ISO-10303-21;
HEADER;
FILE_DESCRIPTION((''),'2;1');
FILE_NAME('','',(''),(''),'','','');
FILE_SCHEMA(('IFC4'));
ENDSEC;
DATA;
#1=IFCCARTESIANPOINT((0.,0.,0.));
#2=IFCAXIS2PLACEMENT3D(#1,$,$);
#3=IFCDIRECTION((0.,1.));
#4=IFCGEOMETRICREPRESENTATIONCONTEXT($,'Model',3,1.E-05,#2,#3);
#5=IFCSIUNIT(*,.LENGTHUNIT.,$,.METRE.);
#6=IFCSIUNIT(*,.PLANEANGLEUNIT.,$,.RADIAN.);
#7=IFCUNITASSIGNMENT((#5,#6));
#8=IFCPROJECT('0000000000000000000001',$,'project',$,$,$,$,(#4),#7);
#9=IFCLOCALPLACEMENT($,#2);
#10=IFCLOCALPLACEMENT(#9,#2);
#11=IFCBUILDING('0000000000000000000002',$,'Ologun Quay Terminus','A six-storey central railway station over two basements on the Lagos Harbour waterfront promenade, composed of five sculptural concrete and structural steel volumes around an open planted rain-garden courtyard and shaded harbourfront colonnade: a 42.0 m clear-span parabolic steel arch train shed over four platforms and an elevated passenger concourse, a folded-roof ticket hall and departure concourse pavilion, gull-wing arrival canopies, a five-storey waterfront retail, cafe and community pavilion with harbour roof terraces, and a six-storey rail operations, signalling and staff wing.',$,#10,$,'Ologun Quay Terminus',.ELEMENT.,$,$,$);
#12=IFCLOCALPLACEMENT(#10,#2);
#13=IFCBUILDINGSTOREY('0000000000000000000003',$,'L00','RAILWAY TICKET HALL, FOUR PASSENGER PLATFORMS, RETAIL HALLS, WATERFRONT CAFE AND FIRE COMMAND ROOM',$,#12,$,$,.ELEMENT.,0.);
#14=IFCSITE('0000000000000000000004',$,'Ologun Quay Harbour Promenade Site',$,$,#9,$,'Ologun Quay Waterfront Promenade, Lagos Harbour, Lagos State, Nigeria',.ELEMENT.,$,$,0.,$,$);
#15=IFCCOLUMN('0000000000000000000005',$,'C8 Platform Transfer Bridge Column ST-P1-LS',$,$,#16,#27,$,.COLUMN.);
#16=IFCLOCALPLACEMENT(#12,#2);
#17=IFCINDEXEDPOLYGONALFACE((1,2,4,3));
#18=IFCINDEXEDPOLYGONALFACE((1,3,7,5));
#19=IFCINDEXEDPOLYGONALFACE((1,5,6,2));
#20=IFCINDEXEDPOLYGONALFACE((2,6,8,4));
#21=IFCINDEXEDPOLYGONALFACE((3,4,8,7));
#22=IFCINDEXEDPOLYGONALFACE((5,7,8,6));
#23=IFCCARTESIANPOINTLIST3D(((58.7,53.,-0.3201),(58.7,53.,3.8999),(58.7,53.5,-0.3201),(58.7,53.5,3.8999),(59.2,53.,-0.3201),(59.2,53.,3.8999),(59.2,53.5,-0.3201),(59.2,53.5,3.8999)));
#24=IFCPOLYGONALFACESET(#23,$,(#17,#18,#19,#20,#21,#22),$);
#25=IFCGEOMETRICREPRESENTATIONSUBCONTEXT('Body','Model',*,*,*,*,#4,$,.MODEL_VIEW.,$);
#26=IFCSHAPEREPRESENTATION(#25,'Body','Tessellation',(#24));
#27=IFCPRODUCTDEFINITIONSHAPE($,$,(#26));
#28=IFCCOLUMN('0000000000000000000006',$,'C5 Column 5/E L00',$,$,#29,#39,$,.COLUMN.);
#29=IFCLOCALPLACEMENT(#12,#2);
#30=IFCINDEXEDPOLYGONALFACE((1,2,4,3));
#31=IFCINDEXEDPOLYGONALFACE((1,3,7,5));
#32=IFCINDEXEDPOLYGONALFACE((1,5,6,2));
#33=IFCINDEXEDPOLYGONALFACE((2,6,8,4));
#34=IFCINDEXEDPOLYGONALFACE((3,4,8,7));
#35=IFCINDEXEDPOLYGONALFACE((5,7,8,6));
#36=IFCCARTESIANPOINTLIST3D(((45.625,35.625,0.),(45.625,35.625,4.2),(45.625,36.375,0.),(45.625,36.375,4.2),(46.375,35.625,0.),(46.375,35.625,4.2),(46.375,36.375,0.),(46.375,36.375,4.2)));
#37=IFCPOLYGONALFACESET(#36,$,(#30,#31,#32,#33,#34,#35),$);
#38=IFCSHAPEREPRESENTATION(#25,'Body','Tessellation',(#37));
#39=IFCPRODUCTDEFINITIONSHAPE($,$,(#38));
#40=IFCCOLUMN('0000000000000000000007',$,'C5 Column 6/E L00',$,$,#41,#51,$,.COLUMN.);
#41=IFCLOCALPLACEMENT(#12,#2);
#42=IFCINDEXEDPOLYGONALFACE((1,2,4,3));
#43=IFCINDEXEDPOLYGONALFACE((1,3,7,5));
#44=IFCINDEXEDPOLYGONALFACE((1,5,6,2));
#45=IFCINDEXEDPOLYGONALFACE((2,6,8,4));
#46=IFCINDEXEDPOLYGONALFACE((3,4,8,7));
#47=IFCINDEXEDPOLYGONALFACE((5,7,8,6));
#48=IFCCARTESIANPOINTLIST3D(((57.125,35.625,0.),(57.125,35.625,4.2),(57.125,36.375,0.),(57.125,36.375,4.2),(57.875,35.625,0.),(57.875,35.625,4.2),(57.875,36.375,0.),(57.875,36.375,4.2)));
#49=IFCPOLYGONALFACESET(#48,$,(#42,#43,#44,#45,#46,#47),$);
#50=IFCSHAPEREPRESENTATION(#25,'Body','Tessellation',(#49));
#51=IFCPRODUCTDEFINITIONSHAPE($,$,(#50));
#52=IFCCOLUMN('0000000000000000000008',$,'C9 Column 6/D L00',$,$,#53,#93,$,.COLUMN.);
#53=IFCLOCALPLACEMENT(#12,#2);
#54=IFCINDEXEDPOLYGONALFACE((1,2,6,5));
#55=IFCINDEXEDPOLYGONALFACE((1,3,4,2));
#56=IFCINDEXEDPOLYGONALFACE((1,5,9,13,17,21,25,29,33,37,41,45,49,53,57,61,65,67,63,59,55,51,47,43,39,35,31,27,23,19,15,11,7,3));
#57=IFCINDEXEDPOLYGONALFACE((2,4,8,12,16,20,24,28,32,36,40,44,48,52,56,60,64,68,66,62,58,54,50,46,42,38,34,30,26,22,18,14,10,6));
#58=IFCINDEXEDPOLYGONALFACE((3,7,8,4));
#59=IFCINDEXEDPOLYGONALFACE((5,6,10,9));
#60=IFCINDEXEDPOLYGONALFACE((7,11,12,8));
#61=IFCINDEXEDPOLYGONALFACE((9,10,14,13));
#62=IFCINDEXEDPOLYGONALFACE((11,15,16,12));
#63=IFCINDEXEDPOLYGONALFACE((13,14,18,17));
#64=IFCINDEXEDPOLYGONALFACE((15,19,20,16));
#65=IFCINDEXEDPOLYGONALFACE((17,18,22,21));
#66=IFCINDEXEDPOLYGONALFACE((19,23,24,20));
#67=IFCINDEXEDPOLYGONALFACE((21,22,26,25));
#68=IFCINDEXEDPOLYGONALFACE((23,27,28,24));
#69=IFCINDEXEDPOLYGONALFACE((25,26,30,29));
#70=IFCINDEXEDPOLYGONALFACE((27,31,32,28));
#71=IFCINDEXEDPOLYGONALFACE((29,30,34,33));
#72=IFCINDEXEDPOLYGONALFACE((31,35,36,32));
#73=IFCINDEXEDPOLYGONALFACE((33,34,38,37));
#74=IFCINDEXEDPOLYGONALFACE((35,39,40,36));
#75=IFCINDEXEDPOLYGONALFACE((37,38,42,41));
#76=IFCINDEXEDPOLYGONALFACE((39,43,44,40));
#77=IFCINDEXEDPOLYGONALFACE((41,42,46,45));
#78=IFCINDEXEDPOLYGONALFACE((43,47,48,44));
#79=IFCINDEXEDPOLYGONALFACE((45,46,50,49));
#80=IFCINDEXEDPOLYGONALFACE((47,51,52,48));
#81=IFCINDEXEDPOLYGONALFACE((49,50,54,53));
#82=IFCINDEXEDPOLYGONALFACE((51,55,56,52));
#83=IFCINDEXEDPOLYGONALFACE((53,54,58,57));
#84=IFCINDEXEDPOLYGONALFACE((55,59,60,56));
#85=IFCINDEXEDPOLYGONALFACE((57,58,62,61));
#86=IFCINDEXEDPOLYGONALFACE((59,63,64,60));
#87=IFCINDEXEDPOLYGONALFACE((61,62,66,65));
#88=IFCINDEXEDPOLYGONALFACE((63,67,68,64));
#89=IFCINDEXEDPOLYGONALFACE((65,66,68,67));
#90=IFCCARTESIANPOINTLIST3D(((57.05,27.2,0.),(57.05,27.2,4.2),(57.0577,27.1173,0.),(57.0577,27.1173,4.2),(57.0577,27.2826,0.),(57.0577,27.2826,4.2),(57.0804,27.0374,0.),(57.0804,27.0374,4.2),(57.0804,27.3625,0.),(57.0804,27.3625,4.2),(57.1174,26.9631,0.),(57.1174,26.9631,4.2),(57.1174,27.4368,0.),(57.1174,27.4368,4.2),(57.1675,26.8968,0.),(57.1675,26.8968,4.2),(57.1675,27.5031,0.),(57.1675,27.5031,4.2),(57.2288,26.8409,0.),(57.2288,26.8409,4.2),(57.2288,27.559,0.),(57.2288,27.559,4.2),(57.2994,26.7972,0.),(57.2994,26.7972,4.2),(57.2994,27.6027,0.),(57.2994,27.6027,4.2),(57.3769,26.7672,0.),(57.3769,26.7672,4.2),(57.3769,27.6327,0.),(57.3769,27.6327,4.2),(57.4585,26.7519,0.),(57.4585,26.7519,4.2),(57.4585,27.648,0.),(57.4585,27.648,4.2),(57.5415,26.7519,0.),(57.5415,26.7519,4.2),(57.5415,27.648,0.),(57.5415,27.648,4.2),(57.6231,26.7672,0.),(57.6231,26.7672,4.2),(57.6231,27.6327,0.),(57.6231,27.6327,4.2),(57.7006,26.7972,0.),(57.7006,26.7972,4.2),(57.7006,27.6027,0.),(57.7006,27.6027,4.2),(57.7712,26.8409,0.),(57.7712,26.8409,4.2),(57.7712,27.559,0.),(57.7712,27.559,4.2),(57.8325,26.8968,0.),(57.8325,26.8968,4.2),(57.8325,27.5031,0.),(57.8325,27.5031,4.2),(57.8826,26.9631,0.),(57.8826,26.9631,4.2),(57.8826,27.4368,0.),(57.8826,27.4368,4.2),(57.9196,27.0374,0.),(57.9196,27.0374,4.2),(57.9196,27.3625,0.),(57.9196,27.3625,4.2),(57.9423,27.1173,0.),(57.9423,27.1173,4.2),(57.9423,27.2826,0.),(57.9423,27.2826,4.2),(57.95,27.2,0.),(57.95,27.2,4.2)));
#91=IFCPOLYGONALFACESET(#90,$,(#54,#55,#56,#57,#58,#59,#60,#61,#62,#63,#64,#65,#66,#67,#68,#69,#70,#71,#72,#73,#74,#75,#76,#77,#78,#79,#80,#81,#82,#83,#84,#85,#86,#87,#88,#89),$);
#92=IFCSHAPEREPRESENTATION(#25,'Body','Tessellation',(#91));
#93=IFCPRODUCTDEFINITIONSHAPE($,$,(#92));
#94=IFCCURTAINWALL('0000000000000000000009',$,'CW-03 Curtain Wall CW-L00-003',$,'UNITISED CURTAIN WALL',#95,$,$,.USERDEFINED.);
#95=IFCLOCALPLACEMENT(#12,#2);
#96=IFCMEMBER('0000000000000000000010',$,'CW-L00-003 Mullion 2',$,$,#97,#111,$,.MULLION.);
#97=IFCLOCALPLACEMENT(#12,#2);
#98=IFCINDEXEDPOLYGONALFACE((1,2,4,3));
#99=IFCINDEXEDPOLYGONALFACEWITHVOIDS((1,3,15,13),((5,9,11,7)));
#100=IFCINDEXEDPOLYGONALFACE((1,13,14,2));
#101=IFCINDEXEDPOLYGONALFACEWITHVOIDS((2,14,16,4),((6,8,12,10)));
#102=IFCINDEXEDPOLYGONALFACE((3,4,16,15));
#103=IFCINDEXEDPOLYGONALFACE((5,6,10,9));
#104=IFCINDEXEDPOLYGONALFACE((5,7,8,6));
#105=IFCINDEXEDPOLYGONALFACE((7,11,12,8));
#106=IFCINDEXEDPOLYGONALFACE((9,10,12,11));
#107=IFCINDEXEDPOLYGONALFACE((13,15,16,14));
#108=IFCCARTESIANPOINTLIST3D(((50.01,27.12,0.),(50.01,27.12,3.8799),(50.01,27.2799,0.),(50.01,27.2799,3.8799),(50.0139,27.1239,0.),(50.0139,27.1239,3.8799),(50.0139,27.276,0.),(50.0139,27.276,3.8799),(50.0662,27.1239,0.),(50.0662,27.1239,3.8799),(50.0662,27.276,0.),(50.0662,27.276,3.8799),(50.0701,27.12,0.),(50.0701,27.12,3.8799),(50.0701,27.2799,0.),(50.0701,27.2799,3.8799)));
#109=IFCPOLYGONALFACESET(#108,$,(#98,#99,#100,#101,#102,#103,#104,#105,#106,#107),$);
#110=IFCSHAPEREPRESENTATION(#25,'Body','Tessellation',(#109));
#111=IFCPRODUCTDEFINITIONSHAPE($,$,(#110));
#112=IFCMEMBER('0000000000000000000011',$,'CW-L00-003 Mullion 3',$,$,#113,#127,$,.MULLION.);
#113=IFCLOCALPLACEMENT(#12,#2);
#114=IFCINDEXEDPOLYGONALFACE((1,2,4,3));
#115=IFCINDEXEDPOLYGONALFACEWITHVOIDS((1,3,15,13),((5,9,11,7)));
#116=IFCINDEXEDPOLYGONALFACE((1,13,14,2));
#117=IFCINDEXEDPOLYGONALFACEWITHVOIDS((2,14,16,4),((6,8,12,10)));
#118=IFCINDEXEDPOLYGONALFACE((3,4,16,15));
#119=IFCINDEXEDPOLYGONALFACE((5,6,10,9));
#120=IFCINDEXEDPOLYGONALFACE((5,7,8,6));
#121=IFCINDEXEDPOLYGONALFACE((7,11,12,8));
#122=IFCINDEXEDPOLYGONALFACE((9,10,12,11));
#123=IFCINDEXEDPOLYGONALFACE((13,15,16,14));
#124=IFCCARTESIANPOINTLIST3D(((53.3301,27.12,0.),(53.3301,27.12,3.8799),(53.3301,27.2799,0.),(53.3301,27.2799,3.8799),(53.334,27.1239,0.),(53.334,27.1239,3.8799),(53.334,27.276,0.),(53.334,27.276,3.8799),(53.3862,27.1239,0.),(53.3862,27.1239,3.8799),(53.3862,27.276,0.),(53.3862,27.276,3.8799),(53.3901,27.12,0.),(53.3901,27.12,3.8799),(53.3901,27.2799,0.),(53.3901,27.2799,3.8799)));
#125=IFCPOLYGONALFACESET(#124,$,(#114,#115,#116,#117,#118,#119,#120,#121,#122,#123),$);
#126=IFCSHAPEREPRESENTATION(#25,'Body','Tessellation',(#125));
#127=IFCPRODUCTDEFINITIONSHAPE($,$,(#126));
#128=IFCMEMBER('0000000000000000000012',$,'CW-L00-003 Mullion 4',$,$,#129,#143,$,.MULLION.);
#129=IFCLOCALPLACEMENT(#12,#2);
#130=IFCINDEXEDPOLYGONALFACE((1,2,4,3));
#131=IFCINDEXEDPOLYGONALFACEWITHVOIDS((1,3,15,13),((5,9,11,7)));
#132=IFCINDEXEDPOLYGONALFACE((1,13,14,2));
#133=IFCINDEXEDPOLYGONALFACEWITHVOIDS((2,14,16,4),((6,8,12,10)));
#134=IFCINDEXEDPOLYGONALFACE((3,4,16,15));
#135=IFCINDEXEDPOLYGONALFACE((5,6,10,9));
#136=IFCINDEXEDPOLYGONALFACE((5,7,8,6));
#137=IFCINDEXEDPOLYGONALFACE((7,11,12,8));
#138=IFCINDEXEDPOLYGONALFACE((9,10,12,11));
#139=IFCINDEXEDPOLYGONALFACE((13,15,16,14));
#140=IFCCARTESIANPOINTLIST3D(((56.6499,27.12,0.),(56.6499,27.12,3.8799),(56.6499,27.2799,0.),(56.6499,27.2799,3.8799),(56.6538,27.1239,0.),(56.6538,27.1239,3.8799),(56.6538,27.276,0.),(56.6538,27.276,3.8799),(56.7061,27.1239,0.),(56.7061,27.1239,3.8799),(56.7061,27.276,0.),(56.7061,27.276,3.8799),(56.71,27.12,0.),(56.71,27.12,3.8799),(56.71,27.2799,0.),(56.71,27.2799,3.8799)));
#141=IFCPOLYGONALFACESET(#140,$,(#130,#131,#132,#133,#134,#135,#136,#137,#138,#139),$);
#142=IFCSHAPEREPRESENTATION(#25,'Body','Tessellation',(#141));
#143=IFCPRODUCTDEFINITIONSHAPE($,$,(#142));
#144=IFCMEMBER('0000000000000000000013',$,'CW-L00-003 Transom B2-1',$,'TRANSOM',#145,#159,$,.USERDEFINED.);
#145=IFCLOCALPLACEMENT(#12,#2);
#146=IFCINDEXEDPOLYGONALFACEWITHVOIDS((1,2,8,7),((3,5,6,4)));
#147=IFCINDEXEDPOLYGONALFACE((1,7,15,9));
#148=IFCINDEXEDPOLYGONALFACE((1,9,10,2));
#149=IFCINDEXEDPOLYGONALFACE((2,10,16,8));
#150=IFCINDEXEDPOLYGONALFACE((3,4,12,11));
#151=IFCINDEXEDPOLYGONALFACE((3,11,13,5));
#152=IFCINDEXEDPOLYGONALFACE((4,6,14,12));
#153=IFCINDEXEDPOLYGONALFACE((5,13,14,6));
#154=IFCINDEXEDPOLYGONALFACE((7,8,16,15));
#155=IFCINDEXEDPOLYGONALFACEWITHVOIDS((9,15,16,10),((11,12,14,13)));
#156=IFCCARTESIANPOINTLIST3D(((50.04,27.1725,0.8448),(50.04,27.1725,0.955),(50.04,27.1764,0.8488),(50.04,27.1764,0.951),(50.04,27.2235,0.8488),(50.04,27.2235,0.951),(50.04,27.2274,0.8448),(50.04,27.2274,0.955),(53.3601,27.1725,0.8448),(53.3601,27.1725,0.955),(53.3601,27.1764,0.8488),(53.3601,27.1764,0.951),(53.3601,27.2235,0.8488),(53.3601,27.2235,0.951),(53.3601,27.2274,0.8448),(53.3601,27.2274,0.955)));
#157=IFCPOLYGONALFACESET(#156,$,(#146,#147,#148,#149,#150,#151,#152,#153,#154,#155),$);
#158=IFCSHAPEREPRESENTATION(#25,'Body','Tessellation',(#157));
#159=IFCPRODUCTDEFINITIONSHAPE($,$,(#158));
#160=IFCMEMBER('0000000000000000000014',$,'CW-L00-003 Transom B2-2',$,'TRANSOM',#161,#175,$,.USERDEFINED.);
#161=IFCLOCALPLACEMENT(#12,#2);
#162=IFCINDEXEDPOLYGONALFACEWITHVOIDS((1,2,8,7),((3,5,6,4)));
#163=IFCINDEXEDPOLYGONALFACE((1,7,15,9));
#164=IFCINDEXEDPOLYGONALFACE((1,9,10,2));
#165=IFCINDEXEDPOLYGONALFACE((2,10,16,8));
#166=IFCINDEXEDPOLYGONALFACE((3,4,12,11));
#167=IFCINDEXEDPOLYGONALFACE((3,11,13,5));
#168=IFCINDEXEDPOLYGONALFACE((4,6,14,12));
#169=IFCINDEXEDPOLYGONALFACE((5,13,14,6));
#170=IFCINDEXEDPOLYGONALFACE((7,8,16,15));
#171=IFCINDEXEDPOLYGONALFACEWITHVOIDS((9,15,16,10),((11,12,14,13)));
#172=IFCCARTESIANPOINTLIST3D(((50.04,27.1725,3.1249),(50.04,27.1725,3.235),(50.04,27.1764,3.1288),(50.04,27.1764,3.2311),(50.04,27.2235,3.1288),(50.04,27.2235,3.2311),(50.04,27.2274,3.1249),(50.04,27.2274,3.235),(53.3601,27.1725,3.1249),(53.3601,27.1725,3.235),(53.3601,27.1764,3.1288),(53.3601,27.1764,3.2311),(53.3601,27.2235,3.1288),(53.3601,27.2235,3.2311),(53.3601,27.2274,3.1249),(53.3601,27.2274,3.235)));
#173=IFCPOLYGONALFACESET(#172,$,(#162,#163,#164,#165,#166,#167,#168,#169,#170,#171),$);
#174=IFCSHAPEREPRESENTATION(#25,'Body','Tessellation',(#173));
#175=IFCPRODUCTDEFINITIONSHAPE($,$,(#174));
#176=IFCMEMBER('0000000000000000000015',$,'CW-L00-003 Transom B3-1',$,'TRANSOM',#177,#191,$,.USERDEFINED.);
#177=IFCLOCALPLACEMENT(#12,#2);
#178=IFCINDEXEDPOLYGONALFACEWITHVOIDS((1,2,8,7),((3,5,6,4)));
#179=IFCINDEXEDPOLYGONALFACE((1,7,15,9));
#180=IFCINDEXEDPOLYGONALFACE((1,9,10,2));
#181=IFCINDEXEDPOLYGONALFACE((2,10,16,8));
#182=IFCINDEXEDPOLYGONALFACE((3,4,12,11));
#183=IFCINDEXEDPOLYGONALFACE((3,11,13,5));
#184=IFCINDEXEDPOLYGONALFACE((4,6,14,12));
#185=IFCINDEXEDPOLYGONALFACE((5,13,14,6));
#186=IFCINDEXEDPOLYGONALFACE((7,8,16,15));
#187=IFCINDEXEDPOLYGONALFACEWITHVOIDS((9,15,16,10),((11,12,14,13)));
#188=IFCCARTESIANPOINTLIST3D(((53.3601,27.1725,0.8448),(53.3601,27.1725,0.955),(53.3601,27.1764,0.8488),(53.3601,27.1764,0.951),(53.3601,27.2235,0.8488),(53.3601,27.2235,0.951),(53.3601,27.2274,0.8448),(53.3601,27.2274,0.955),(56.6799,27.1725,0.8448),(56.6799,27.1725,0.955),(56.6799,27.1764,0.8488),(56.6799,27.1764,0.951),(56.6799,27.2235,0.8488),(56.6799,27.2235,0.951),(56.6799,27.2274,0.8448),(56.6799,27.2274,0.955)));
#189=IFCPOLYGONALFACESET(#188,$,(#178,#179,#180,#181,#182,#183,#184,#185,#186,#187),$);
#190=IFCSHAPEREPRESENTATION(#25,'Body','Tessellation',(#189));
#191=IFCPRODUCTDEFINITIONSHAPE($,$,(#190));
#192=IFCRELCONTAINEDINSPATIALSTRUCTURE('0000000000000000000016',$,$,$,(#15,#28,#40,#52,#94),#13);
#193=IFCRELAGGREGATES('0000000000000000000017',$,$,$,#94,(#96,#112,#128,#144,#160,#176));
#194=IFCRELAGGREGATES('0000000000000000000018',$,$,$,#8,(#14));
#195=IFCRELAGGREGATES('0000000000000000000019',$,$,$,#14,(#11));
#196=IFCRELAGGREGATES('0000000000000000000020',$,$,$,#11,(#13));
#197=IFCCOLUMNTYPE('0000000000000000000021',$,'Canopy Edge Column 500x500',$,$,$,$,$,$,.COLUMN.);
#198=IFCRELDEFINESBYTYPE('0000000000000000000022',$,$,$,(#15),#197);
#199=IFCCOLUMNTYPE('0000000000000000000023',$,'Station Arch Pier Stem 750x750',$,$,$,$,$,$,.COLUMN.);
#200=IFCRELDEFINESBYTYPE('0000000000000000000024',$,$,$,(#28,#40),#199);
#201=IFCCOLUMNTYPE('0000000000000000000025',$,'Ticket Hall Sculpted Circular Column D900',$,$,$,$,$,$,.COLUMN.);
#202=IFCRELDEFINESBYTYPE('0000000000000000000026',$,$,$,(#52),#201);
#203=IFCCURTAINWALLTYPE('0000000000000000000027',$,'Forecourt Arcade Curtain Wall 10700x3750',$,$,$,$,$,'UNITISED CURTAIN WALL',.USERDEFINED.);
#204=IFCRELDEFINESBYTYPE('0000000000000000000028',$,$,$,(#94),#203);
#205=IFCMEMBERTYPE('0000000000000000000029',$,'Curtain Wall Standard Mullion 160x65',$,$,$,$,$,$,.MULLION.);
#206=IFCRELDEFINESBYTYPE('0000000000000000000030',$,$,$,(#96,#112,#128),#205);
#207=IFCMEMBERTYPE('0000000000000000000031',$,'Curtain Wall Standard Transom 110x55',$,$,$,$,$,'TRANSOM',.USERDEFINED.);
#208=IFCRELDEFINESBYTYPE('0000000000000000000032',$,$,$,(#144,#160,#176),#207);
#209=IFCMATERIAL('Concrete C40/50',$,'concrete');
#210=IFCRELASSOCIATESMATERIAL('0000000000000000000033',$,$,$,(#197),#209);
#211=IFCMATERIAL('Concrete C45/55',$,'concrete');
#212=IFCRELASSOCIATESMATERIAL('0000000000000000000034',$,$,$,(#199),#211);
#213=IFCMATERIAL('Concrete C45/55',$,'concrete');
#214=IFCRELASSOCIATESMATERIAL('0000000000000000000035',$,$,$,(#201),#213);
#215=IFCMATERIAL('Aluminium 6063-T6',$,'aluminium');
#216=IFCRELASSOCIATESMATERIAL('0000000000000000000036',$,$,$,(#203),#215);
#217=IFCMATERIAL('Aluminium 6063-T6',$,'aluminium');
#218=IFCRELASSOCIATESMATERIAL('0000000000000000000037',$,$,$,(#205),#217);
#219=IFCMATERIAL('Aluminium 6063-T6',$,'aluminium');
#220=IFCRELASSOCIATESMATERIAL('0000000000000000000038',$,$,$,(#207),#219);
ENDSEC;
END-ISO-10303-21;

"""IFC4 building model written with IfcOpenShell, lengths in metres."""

from ifc_helpers import new_model, si_unit, direction, frame, origin, origin_2d, place, context, subcontext, project, spatial, rectangle, hollow_rectangle, circle, extrude, material, material_profile, profile_set, type_object, element, aggregate, save


model = new_model("IFC4")

# Units and contexts
model_context = context("Model", 3, precision=1e-05, world=origin(), true_north=direction((0.0, 1.0)))
body_context = subcontext(model_context, "Body", "Model", "MODEL_VIEW")
ifc_project = project(units=[si_unit("LENGTHUNIT", "METRE"), si_unit("PLANEANGLEUNIT", "RADIAN")], contexts=[model_context])

# Site, building, storey
site_placement = place(None, origin())
site = spatial("IfcSite", under=ifc_project, at=site_placement, Name="Ologun Quay Harbour Promenade Site", LongName="Ologun Quay Waterfront Promenade, Lagos Harbour, Lagos State, Nigeria", CompositionType="ELEMENT", RefElevation=0.0)
building_placement = place(site_placement, origin())
building = spatial("IfcBuilding", under=site, at=building_placement, Name="Ologun Quay Terminus", Description="A six-storey central railway station over two basements on the Lagos Harbour waterfront promenade, composed of five sculptural concrete and structural steel volumes around an open planted rain-garden courtyard and shaded harbourfront colonnade: a 42.0 m clear-span parabolic steel arch train shed over four platforms and an elevated passenger concourse, a folded-roof ticket hall and departure concourse pavilion, gull-wing arrival canopies, a five-storey waterfront retail, cafe and community pavilion with harbour roof terraces, and a six-storey rail operations, signalling and staff wing.", LongName="Ologun Quay Terminus", CompositionType="ELEMENT")
storey_placement = place(building_placement, origin())
storey = spatial("IfcBuildingStorey", under=building, at=storey_placement, Name="L00", Description="RAILWAY TICKET HALL, FOUR PASSENGER PLATFORMS, RETAIL HALLS, WATERFRONT CAFE AND FIRE COMMAND ROOM", CompositionType="ELEMENT", Elevation=0.0)

# Columns
ifc_material_1 = material(Name="Concrete C40/50", Category="concrete")
ifc_material_profile_1 = material_profile(ifc_material_1, rectangle(XDim=0.5, YDim=0.5, at=origin_2d()), Name="RC 500x500")
ifc_profile_set_1 = profile_set([ifc_material_profile_1], Name="Concrete C40/50")
column_type_1 = type_object("IfcColumnType", Name="Canopy Edge Column 500x500", PredefinedType="COLUMN", material=ifc_profile_set_1)
column_1_placement = place(storey_placement, frame((58.95, 53.25, -0.3201), z_axis=(0.0, 0.0, 1.0), x_axis=(1.0, 0.0, 0.0)))
element("IfcColumn", 1, at=column_1_placement, inside=storey, type_object=column_type_1, Name="C8 Platform Transfer Bridge Column ST-P1-LS", PredefinedType="COLUMN", context=body_context, shape_type="SweptSolid", body=[
    extrude(rectangle(XDim=0.5, YDim=0.5, at=origin_2d()), origin(), (0.0, 0.0, 1.0), 4.22),
])
ifc_material_2 = material(Name="Concrete C45/55", Category="concrete")
ifc_material_profile_2 = material_profile(ifc_material_2, rectangle(XDim=0.75, YDim=0.75, at=origin_2d()), Name="RC 750x750")
ifc_profile_set_2 = profile_set([ifc_material_profile_2], Name="Concrete C45/55")
column_type_2 = type_object("IfcColumnType", Name="Station Arch Pier Stem 750x750", PredefinedType="COLUMN", material=ifc_profile_set_2)
for number, where, z_axis, x_axis, name in (
    (2, (46.0, 36.0, 0.0), (0.0, 0.0, 1.0), (1.0, 0.0, 0.0), "C5 Column 5/E L00"),
    (3, (57.5, 36.0, 0.0), (0.0, 0.0, 1.0), (1.0, 0.0, 0.0), "C5 Column 6/E L00"),
):
    element("IfcColumn", number, at=place(storey_placement, frame(where, z_axis=z_axis, x_axis=x_axis)), inside=storey, type_object=column_type_2, Name=name, PredefinedType="COLUMN", context=body_context, shape_type="SweptSolid", body=[
        extrude(rectangle(XDim=0.75, YDim=0.75, at=origin_2d()), origin(), (0.0, 0.0, 1.0), 4.2),
    ])
ifc_material_3 = material(Name="Concrete C45/55", Category="concrete")
ifc_material_profile_3 = material_profile(ifc_material_3, circle(Radius=0.45, at=origin_2d()), Name="RC D900")
ifc_profile_set_3 = profile_set([ifc_material_profile_3], Name="Concrete C45/55")
column_type_3 = type_object("IfcColumnType", Name="Ticket Hall Sculpted Circular Column D900", PredefinedType="COLUMN", material=ifc_profile_set_3)
column_2_placement = place(storey_placement, frame((57.5, 27.2, 0.0), z_axis=(0.0, 0.0, 1.0), x_axis=(1.0, 0.0, 0.0)))
element("IfcColumn", 4, at=column_2_placement, inside=storey, type_object=column_type_3, Name="C9 Column 6/D L00", PredefinedType="COLUMN", context=body_context, shape_type="SweptSolid", body=[
    extrude(circle(Radius=0.45, at=origin_2d()), origin(), (0.0, 0.0, 1.0), 4.2),
])

# Curtain wall, members
ifc_material_4 = material(Name="Aluminium 6063-T6", Category="aluminium")
curtain_wall_type = type_object("IfcCurtainWallType", Name="Forecourt Arcade Curtain Wall 10700x3750", ElementType="UNITISED CURTAIN WALL", PredefinedType="USERDEFINED", material=ifc_material_4)
curtain_wall_placement = place(storey_placement, origin())
curtain_wall = element("IfcCurtainWall", 5, at=curtain_wall_placement, inside=storey, type_object=curtain_wall_type, Name="CW-03 Curtain Wall CW-L00-003", ObjectType="UNITISED CURTAIN WALL", PredefinedType="USERDEFINED")
ifc_material_5 = material(Name="Aluminium 6063-T6", Category="aluminium")
ifc_material_profile_4 = material_profile(ifc_material_5, hollow_rectangle(XDim=0.0601, YDim=0.1599, WallThickness=0.0039, at=origin_2d()), Name="ALU 160x60x4")
ifc_profile_set_4 = profile_set([ifc_material_profile_4], Name="Aluminium 6063-T6")
member_type_1 = type_object("IfcMemberType", Name="Curtain Wall Standard Mullion 160x65", PredefinedType="MULLION", material=ifc_profile_set_4)
member_1_placement = place(storey_placement, frame((50.04, 27.2, 0.0), z_axis=(0.0, 0.0, 1.0), x_axis=(1.0, 0.0, 0.0)))
member_1 = element("IfcMember", 6, at=member_1_placement, type_object=member_type_1, Name="CW-L00-003 Mullion 2", PredefinedType="MULLION", context=body_context, shape_type="SweptSolid", body=[
    extrude(hollow_rectangle(XDim=0.0601, YDim=0.1599, WallThickness=0.0039, at=origin_2d()), origin(), (0.0, 0.0, 1.0), 3.8799),
])
member_2_placement = place(storey_placement, frame((53.3601, 27.2, 0.0), z_axis=(0.0, 0.0, 1.0), x_axis=(1.0, 0.0, 0.0)))
member_2 = element("IfcMember", 7, at=member_2_placement, type_object=member_type_1, Name="CW-L00-003 Mullion 3", PredefinedType="MULLION", context=body_context, shape_type="SweptSolid", body=[
    extrude(hollow_rectangle(XDim=0.0601, YDim=0.1599, WallThickness=0.0039, at=origin_2d()), origin(), (0.0, 0.0, 1.0), 3.8799),
])
member_3_placement = place(storey_placement, frame((56.6799, 27.2, 0.0), z_axis=(0.0, 0.0, 1.0), x_axis=(1.0, 0.0, 0.0)))
member_3 = element("IfcMember", 8, at=member_3_placement, type_object=member_type_1, Name="CW-L00-003 Mullion 4", PredefinedType="MULLION", context=body_context, shape_type="SweptSolid", body=[
    extrude(hollow_rectangle(XDim=0.0601, YDim=0.1599, WallThickness=0.0039, at=origin_2d()), origin(), (0.0, 0.0, 1.0), 3.8799),
])
ifc_material_6 = material(Name="Aluminium 6063-T6", Category="aluminium")
ifc_material_profile_5 = material_profile(ifc_material_6, hollow_rectangle(XDim=0.0549, YDim=0.1101, WallThickness=0.0039, at=origin_2d()), Name="ALU 110x55x4")
ifc_profile_set_5 = profile_set([ifc_material_profile_5], Name="Aluminium 6063-T6")
member_type_2 = type_object("IfcMemberType", Name="Curtain Wall Standard Transom 110x55", ElementType="TRANSOM", PredefinedType="USERDEFINED", material=ifc_profile_set_5)
member_4_placement = place(storey_placement, frame((50.04, 27.2, 0.8999), z_axis=(1.0, 0.0, 0.0), x_axis=(0.0, 1.0, 0.0)))
member_4 = element("IfcMember", 9, at=member_4_placement, type_object=member_type_2, Name="CW-L00-003 Transom B2-1", ObjectType="TRANSOM", PredefinedType="USERDEFINED", context=body_context, shape_type="SweptSolid", body=[
    extrude(hollow_rectangle(XDim=0.0549, YDim=0.1101, WallThickness=0.0039, at=origin_2d()), origin(), (0.0, 0.0, 1.0), 3.3201),
])
member_5_placement = place(storey_placement, frame((50.04, 27.2, 3.1799), z_axis=(1.0, 0.0, 0.0), x_axis=(0.0, 1.0, 0.0)))
member_5 = element("IfcMember", 10, at=member_5_placement, type_object=member_type_2, Name="CW-L00-003 Transom B2-2", ObjectType="TRANSOM", PredefinedType="USERDEFINED", context=body_context, shape_type="SweptSolid", body=[
    extrude(hollow_rectangle(XDim=0.0549, YDim=0.1101, WallThickness=0.0039, at=origin_2d()), origin(), (0.0, 0.0, 1.0), 3.3201),
])
member_6_placement = place(storey_placement, frame((53.3601, 27.2, 0.8999), z_axis=(1.0, 0.0, 0.0), x_axis=(0.0, 1.0, 0.0)))
member_6 = element("IfcMember", 11, at=member_6_placement, type_object=member_type_2, Name="CW-L00-003 Transom B3-1", ObjectType="TRANSOM", PredefinedType="USERDEFINED", context=body_context, shape_type="SweptSolid", body=[
    extrude(hollow_rectangle(XDim=0.0549, YDim=0.1101, WallThickness=0.0039, at=origin_2d()), origin(), (0.0, 0.0, 1.0), 3.3198),
])

aggregate(curtain_wall, [member_1, member_2, member_3, member_4, member_5, member_6])

save(model, "model.ifc")
